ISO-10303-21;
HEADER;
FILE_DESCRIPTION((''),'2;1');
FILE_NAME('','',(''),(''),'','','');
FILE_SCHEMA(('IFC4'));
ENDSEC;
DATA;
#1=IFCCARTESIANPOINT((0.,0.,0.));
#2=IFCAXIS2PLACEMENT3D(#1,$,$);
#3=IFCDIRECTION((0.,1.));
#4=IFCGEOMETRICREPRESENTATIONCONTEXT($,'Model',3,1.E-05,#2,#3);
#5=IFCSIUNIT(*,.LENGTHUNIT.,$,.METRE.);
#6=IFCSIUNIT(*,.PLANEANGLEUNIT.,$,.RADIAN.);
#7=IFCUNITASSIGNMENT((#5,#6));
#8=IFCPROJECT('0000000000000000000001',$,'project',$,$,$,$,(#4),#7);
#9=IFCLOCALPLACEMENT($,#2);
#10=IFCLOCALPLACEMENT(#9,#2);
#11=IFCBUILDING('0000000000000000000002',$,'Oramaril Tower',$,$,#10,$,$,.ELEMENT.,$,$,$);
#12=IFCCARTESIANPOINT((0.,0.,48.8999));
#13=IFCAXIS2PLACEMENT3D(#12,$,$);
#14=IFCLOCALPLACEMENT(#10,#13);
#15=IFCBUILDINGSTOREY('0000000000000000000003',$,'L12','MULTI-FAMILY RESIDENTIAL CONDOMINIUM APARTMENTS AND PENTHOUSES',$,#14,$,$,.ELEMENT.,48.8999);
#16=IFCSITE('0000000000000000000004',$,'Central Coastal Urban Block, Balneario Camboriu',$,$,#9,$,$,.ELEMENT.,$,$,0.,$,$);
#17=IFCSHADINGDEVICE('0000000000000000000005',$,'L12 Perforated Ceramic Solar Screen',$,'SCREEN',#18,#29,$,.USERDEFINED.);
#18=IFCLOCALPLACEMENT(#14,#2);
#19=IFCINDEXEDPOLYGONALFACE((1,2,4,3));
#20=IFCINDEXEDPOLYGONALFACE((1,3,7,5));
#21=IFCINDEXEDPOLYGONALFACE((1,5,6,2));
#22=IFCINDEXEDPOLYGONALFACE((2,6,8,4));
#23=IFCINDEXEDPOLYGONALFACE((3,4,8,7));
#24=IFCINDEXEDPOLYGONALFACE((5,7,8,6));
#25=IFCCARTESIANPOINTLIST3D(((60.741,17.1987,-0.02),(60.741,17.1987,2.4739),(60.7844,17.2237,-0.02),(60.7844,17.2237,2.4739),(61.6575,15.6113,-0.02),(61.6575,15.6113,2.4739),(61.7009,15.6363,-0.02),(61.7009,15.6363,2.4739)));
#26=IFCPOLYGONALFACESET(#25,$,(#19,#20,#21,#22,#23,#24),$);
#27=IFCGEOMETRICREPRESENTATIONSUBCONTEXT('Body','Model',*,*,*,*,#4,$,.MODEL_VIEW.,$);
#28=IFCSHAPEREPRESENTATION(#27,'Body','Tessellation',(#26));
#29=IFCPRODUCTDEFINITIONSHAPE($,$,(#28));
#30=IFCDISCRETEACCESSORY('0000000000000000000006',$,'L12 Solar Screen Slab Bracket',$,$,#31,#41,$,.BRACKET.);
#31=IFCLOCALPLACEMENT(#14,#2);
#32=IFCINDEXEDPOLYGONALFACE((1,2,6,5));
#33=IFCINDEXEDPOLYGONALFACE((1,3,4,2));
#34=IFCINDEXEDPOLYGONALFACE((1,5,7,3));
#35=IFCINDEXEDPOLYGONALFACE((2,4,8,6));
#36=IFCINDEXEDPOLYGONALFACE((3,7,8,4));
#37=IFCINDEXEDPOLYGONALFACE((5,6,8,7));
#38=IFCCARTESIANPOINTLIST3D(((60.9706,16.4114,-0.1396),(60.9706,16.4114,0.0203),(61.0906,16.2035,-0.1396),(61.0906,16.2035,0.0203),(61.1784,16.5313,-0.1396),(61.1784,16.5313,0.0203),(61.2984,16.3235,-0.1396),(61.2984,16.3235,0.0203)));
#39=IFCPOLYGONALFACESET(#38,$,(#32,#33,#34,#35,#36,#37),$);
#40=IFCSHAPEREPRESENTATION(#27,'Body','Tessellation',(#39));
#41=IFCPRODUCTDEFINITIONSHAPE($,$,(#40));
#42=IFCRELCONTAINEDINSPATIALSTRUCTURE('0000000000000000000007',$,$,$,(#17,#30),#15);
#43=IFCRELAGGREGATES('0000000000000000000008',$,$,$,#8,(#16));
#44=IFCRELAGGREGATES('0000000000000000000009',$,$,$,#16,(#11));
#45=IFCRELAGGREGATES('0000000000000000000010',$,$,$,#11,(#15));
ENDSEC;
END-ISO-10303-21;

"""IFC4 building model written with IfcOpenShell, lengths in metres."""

from ifc_helpers import new_model, si_unit, direction, frame, origin, origin_2d, place, context, subcontext, project, spatial, rectangle, extrude, element, save


model = new_model("IFC4")

# Units and contexts
model_context = context("Model", 3, precision=1e-05, world=origin(), true_north=direction((0.0, 1.0)))
body_context = subcontext(model_context, "Body", "Model", "MODEL_VIEW")
ifc_project = project(units=[si_unit("LENGTHUNIT", "METRE"), si_unit("PLANEANGLEUNIT", "RADIAN")], contexts=[model_context])

# Site, building, storey
site_placement = place(None, origin())
site = spatial("IfcSite", under=ifc_project, at=site_placement, Name="Central Coastal Urban Block, Balneario Camboriu", CompositionType="ELEMENT", RefElevation=0.0)
building_placement = place(site_placement, origin())
building = spatial("IfcBuilding", under=site, at=building_placement, Name="Oramaril Tower", CompositionType="ELEMENT")
storey_placement = place(building_placement, frame((0.0, 0.0, 48.8999)))
storey = spatial("IfcBuildingStorey", under=building, at=storey_placement, Name="L12", Description="MULTI-FAMILY RESIDENTIAL CONDOMINIUM APARTMENTS AND PENTHOUSES", CompositionType="ELEMENT", Elevation=48.8999)

# Shading device
shading_device_placement = place(storey_placement, frame((61.2209, 16.4175, -0.02), z_axis=(0.0, 0.0, 1.0), x_axis=(-0.499997, 0.866027, 0.0)))
element("IfcShadingDevice", 1, at=shading_device_placement, inside=storey, Name="L12 Perforated Ceramic Solar Screen", ObjectType="SCREEN", PredefinedType="USERDEFINED", context=body_context, shape_type="SweptSolid", body=[
    extrude(rectangle(XDim=1.833, YDim=0.05, at=origin_2d()), origin(), (0.0, 0.0, 1.0), 2.4939),
])

# Discrete accessory
discrete_accessory_placement = place(storey_placement, frame((61.1345, 16.3674, -0.1396), z_axis=(0.0, 0.0, 1.0), x_axis=(-0.499997, 0.866027, 0.0)))
element("IfcDiscreteAccessory", 2, at=discrete_accessory_placement, inside=storey, Name="L12 Solar Screen Slab Bracket", PredefinedType="BRACKET", context=body_context, shape_type="SweptSolid", body=[
    extrude(rectangle(XDim=0.24, YDim=0.24, at=origin_2d()), origin(), (0.0, 0.0, 1.0), 0.1599),
])

save(model, "model.ifc")
